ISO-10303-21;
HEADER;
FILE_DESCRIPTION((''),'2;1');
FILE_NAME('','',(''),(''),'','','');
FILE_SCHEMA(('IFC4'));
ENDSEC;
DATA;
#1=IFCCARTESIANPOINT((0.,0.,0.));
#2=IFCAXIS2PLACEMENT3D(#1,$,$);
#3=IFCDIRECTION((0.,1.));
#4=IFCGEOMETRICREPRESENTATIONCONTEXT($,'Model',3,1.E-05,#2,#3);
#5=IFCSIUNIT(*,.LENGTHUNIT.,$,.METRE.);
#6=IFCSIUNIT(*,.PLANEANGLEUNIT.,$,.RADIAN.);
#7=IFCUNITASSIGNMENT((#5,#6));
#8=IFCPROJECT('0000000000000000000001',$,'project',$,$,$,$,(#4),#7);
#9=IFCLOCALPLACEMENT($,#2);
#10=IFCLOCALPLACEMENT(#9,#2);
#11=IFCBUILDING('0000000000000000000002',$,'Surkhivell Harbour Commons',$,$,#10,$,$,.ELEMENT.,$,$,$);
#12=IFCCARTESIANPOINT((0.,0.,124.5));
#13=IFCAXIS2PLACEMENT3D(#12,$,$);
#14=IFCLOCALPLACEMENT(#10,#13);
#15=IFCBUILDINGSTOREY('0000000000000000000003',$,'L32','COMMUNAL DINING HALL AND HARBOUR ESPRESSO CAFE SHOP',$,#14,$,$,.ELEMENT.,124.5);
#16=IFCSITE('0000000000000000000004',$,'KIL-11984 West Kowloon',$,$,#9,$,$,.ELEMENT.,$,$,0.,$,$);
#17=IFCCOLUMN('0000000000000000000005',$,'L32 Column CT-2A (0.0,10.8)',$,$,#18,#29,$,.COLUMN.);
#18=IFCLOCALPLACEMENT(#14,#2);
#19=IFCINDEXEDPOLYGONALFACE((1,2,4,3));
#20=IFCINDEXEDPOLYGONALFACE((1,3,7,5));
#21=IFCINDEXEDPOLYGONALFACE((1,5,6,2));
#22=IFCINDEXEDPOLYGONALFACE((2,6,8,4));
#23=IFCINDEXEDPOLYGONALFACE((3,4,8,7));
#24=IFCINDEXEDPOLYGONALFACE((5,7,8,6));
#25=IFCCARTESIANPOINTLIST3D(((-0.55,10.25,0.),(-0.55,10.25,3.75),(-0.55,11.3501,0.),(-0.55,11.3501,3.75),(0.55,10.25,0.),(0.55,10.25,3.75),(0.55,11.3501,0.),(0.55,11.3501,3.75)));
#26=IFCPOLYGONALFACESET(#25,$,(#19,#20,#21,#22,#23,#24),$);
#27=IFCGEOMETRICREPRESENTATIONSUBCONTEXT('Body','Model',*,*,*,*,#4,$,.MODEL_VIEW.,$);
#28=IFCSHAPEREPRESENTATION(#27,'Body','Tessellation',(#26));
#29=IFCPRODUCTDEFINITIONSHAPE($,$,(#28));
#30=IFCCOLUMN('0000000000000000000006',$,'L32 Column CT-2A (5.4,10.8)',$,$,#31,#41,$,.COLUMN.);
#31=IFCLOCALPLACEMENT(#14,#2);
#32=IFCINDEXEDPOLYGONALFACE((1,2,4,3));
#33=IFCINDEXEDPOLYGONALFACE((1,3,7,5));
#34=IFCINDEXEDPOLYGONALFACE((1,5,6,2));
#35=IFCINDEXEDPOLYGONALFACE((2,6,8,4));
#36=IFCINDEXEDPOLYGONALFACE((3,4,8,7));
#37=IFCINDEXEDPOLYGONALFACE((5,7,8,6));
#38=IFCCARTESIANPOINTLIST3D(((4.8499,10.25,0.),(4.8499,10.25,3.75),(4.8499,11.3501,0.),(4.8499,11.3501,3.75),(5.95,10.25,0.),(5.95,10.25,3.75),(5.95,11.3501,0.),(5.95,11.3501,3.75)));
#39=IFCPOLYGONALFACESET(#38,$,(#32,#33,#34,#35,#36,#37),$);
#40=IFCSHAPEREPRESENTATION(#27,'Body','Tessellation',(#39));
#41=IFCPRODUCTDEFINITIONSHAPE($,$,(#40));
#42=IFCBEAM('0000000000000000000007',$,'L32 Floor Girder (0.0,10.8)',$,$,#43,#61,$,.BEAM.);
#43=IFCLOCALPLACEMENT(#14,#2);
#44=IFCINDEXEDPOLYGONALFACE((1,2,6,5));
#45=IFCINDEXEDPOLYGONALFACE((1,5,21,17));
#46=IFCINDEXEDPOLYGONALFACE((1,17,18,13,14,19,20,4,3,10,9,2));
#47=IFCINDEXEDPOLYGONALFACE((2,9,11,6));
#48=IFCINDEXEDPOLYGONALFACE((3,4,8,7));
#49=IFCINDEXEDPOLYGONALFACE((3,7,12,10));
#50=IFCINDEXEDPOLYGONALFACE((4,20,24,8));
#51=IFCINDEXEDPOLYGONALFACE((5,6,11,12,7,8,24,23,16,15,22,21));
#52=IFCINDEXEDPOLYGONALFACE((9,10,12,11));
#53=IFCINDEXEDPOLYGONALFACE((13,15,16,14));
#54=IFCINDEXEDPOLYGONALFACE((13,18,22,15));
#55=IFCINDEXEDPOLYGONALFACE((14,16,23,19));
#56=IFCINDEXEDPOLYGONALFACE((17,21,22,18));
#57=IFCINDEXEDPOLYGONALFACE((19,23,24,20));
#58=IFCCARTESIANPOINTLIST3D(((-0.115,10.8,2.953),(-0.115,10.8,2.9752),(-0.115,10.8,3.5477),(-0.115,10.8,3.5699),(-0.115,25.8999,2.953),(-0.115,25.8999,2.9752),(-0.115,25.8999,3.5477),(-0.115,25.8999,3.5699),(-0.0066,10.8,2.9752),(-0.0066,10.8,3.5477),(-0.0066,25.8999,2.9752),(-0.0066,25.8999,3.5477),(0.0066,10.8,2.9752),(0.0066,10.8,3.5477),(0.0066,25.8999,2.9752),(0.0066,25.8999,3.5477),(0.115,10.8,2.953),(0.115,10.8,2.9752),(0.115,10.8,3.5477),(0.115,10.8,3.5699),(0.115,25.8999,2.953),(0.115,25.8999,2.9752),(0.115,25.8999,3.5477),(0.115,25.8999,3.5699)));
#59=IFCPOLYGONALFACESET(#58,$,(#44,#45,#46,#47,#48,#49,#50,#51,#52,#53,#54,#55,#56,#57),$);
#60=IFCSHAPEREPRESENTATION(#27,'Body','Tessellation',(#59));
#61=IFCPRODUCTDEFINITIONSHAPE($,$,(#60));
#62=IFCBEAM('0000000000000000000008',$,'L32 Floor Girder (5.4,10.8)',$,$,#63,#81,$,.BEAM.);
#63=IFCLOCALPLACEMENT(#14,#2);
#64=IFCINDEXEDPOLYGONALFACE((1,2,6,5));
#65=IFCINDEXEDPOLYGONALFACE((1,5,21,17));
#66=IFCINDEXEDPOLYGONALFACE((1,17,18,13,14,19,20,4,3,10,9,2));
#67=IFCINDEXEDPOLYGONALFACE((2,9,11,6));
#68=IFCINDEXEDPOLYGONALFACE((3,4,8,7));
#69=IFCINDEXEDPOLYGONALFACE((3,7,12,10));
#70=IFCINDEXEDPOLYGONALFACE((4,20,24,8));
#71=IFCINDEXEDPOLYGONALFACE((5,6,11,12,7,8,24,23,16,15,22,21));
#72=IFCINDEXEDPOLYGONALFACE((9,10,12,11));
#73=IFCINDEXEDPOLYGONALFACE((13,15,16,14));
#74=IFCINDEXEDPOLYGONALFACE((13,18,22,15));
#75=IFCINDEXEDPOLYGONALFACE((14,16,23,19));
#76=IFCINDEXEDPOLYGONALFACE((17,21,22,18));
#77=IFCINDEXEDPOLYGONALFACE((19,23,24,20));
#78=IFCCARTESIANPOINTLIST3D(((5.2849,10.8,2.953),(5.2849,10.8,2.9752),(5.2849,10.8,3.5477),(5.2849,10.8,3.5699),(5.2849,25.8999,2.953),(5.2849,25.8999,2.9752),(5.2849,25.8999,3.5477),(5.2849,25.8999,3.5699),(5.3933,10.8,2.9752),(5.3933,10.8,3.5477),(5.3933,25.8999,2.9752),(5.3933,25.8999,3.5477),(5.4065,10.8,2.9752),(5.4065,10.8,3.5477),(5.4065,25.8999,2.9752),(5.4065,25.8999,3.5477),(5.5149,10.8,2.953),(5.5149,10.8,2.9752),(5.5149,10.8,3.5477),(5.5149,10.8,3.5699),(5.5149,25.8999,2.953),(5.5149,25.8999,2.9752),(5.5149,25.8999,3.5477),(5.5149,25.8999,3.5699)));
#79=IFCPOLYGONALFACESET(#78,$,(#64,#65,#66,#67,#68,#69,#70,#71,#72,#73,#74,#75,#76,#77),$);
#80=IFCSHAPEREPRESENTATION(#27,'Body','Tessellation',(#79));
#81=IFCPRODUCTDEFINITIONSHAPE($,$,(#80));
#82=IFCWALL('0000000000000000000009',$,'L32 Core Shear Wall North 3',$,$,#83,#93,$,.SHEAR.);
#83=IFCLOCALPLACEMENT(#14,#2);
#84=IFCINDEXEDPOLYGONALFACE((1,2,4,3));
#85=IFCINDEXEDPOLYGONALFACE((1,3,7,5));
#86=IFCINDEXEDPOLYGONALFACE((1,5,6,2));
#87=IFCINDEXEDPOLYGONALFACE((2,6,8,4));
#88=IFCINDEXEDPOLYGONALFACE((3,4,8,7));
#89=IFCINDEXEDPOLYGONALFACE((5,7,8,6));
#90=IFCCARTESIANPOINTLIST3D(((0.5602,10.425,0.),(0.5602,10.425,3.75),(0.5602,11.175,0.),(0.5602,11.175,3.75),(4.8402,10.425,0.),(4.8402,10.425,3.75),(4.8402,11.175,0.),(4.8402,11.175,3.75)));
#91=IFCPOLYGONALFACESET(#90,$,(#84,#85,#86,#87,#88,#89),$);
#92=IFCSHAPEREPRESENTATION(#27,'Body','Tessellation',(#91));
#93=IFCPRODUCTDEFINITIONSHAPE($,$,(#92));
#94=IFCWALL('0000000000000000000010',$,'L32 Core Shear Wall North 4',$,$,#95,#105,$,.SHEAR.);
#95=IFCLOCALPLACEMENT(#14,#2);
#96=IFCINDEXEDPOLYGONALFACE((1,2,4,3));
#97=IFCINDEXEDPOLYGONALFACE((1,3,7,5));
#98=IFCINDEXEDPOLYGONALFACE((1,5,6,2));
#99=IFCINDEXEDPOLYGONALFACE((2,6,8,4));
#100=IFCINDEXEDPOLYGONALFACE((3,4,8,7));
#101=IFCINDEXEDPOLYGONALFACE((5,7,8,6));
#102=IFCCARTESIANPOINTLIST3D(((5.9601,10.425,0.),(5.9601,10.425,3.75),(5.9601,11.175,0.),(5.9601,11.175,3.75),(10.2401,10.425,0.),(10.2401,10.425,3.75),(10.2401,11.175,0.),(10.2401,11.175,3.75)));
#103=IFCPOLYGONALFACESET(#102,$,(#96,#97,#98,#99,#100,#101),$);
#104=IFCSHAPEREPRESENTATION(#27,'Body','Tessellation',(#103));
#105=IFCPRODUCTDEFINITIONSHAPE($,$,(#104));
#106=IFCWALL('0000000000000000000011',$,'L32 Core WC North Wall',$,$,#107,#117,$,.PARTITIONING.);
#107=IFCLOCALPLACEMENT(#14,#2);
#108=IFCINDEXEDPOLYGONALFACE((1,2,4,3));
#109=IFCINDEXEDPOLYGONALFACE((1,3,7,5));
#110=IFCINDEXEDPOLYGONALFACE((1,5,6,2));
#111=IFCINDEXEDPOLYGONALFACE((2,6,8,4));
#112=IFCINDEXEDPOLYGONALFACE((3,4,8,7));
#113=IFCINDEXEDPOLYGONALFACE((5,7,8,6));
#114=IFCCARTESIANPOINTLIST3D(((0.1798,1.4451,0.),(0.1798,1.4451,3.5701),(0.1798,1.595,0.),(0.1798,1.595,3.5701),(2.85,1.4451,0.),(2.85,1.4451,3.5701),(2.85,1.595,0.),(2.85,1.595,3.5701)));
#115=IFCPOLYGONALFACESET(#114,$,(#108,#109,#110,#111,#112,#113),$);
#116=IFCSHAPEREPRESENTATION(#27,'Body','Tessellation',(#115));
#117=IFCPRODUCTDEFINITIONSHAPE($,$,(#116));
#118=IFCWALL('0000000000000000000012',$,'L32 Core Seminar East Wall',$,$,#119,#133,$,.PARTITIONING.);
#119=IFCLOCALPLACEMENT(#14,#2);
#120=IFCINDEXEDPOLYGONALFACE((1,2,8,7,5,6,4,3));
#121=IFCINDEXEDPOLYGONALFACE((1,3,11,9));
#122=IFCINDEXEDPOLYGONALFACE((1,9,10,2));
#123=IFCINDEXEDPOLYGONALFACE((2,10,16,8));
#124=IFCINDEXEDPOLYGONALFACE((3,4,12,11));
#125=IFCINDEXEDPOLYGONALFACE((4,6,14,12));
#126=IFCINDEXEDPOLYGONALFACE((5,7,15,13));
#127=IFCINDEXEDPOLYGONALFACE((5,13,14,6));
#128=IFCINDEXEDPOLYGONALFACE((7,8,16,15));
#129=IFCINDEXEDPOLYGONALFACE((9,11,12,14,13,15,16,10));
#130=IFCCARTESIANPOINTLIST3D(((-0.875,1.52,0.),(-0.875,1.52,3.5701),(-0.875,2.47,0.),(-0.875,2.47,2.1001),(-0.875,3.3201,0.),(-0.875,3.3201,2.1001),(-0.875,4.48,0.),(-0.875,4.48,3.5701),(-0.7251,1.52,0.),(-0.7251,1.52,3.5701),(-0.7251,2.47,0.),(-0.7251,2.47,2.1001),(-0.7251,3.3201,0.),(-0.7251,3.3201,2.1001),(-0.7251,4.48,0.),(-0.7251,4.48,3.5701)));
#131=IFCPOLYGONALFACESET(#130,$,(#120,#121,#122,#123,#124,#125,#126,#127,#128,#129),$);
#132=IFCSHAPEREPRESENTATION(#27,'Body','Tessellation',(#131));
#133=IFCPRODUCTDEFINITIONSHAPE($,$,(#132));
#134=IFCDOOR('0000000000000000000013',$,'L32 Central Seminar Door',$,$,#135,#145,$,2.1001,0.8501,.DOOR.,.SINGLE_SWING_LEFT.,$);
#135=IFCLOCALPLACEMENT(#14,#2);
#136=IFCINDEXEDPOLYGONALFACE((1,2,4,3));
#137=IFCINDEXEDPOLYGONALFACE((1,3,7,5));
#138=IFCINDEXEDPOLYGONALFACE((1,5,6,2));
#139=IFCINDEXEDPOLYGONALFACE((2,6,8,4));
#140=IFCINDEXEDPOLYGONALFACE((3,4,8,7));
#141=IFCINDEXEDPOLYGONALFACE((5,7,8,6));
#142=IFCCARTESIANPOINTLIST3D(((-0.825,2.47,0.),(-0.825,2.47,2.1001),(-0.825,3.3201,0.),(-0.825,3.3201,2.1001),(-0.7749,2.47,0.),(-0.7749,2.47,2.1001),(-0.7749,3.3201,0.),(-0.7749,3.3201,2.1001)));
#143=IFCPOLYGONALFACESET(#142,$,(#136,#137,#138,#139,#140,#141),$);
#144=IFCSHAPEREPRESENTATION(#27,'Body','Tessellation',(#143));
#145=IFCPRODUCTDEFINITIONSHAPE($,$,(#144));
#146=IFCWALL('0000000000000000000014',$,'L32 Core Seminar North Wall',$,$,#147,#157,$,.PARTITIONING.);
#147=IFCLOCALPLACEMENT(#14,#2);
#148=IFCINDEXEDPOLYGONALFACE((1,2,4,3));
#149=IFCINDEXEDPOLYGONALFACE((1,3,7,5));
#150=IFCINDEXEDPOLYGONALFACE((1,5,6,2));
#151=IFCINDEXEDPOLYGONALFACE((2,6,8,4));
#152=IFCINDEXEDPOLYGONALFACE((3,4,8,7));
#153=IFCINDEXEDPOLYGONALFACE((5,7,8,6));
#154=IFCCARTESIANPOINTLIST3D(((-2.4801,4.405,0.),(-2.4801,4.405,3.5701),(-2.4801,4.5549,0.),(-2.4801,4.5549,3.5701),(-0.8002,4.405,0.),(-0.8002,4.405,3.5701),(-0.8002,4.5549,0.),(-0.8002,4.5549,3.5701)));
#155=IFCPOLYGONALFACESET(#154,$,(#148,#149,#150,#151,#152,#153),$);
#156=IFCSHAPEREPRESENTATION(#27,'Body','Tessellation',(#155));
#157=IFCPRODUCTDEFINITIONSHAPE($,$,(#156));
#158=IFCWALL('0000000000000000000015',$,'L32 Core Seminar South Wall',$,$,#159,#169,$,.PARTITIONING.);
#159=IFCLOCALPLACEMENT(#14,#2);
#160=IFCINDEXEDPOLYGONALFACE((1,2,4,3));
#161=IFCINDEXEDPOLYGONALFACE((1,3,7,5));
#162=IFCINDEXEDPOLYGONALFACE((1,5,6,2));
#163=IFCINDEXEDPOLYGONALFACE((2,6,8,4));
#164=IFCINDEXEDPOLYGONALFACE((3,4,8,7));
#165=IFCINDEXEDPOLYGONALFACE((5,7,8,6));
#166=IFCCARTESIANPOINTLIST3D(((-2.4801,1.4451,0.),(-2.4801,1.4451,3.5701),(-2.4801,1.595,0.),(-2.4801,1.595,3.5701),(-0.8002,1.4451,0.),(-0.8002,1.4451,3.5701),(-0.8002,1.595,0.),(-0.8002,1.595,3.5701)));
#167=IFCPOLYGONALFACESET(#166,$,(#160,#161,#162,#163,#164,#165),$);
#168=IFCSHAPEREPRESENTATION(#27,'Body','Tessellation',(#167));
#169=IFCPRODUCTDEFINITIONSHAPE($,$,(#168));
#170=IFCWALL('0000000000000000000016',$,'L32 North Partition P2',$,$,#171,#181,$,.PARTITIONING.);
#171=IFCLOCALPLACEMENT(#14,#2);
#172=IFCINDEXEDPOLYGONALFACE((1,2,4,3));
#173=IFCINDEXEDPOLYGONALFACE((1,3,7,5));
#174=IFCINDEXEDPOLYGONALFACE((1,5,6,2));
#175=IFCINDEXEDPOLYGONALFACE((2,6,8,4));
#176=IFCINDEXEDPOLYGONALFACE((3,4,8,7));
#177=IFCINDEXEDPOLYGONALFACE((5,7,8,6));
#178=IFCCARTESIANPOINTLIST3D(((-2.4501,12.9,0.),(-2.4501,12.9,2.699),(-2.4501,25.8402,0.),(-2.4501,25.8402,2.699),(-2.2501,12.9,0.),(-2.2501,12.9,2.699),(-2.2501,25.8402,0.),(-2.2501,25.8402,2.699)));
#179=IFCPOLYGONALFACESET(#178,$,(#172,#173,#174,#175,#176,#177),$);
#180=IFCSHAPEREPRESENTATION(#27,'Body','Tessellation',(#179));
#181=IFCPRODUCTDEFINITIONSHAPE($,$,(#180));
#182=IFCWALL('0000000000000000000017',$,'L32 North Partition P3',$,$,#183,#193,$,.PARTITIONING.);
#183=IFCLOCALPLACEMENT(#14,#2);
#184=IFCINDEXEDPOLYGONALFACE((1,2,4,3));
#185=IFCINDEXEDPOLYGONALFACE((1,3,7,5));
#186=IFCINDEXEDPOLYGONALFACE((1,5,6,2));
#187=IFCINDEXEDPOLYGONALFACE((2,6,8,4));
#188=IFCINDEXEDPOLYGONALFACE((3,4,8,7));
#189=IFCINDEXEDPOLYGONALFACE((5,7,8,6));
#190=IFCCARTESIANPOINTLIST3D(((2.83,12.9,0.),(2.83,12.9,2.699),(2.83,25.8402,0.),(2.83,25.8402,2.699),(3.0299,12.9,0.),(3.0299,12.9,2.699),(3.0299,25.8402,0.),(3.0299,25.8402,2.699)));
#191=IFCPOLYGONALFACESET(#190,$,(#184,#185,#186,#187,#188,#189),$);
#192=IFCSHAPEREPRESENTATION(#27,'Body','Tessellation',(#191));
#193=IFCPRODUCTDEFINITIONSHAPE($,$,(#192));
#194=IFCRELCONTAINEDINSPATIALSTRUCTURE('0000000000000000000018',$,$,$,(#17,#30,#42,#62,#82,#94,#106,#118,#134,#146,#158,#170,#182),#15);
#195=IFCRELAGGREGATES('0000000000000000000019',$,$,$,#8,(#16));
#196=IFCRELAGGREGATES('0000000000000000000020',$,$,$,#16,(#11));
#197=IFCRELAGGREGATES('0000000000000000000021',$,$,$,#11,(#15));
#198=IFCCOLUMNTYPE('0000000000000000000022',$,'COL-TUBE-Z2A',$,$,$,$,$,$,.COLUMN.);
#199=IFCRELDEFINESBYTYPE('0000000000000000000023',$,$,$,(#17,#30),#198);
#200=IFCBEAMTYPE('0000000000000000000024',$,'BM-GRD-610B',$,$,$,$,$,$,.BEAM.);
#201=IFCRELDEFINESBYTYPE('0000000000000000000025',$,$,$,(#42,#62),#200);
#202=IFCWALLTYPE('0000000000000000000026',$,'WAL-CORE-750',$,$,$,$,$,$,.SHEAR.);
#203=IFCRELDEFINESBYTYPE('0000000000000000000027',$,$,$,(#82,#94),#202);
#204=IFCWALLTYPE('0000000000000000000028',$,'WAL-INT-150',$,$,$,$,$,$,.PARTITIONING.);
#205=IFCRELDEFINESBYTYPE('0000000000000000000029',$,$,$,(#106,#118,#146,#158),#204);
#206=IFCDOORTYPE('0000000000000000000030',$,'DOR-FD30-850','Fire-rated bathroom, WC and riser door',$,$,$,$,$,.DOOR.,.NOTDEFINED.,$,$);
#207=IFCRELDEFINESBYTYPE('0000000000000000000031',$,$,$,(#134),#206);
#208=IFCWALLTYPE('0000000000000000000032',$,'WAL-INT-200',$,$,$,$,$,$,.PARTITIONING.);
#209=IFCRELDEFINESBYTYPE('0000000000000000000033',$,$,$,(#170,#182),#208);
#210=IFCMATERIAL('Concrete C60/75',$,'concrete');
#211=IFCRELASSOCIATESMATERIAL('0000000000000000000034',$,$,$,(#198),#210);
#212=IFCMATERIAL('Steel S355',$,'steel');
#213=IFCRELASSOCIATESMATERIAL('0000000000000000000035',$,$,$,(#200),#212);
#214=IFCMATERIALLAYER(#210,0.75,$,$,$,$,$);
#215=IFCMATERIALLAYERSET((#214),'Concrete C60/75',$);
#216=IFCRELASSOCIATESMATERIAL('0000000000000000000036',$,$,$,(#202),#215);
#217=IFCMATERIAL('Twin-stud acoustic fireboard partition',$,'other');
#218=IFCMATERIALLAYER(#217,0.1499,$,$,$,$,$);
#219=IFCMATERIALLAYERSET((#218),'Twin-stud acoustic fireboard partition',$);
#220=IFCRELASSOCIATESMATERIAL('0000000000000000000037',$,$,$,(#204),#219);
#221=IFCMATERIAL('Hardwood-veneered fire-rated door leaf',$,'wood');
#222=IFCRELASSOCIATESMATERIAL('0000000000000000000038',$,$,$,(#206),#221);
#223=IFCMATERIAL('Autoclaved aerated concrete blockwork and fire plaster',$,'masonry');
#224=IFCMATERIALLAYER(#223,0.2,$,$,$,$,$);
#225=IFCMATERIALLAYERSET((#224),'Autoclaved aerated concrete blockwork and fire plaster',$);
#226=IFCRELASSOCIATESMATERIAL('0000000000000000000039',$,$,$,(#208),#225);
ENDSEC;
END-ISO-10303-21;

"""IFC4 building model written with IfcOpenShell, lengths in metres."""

from ifc_helpers import new_model, si_unit, direction, frame, frame_2d, origin, origin_2d, place, context, subcontext, project, spatial, rectangle, i_section, extrude, material, layer, layer_set, material_profile, profile_set, type_object, element, fill, save


model = new_model("IFC4")

# Units and contexts
model_context = context("Model", 3, precision=1e-05, world=origin(), true_north=direction((0.0, 1.0)))
body_context = subcontext(model_context, "Body", "Model", "MODEL_VIEW")
ifc_project = project(units=[si_unit("LENGTHUNIT", "METRE"), si_unit("PLANEANGLEUNIT", "RADIAN")], contexts=[model_context])

# Site, building, storey
site_placement = place(None, origin())
site = spatial("IfcSite", under=ifc_project, at=site_placement, Name="KIL-11984 West Kowloon", CompositionType="ELEMENT", RefElevation=0.0)
building_placement = place(site_placement, origin())
building = spatial("IfcBuilding", under=site, at=building_placement, Name="Surkhivell Harbour Commons", CompositionType="ELEMENT")
storey_placement = place(building_placement, frame((0.0, 0.0, 124.5)))
storey = spatial("IfcBuildingStorey", under=building, at=storey_placement, Name="L32", Description="COMMUNAL DINING HALL AND HARBOUR ESPRESSO CAFE SHOP", CompositionType="ELEMENT", Elevation=124.5)

# Columns
ifc_material_1 = material(Name="Concrete C60/75", Category="concrete")
ifc_material_profile_1 = material_profile(ifc_material_1, rectangle(XDim=1.1001, YDim=1.1001, at=origin_2d()), Name="RC-COL-1100x1100")
ifc_profile_set_1 = profile_set([ifc_material_profile_1], Name="Concrete C60/75")
column_type = type_object("IfcColumnType", Name="COL-TUBE-Z2A", PredefinedType="COLUMN", material=ifc_profile_set_1)
for number, where, z_axis, x_axis, name in (
    (1, (0.0, 10.8, 0.0), (0.0, 0.0, 1.0), (1.0, 0.0, 0.0), "L32 Column CT-2A (0.0,10.8)"),
    (2, (5.3999, 10.8, 0.0), (0.0, 0.0, 1.0), (1.0, 0.0, 0.0), "L32 Column CT-2A (5.4,10.8)"),
):
    element("IfcColumn", number, at=place(storey_placement, frame(where, z_axis=z_axis, x_axis=x_axis)), inside=storey, type_object=column_type, Name=name, PredefinedType="COLUMN", context=body_context, shape_type="SweptSolid", body=[
        extrude(rectangle(XDim=1.1001, YDim=1.1001, at=origin_2d()), origin(), (0.0, 0.0, 1.0), 3.75),
    ])

# Beams
ifc_material_2 = material(Name="Steel S355", Category="steel")
ifc_material_profile_2 = material_profile(ifc_material_2, i_section(OverallWidth=0.23, OverallDepth=0.6169, WebThickness=0.0132, FlangeThickness=0.0222, at=origin_2d()), Name="UB610x229x140")
ifc_profile_set_2 = profile_set([ifc_material_profile_2], Name="Steel S355")
beam_type = type_object("IfcBeamType", Name="BM-GRD-610B", PredefinedType="BEAM", material=ifc_profile_set_2)
for number, where, z_axis, x_axis, name in (
    (3, (0.0, 10.8, 3.2615), (0.0, 1.0, 0.0), (-1.0, 0.0, 0.0), "L32 Floor Girder (0.0,10.8)"),
    (4, (5.3999, 10.8, 3.2615), (0.0, 1.0, 0.0), (-1.0, 0.0, 0.0), "L32 Floor Girder (5.4,10.8)"),
):
    element("IfcBeam", number, at=place(storey_placement, frame(where, z_axis=z_axis, x_axis=x_axis)), inside=storey, type_object=beam_type, Name=name, PredefinedType="BEAM", context=body_context, shape_type="SweptSolid", body=[
        extrude(i_section(OverallWidth=0.23, OverallDepth=0.6169, WebThickness=0.0132, FlangeThickness=0.0222, at=origin_2d()), origin(), (0.0, 0.0, 1.0), 15.0999),
    ])

# Walls
ifc_layer_1 = layer(ifc_material_1, 0.75)
ifc_layer_set_1 = layer_set([ifc_layer_1], Name="Concrete C60/75")
wall_type_1 = type_object("IfcWallType", Name="WAL-CORE-750", PredefinedType="SHEAR", material=ifc_layer_set_1)
for number, where, z_axis, x_axis, name in (
    (5, (0.5601, 10.8, 0.0), (0.0, 0.0, 1.0), (1.0, 0.0, 0.0), "L32 Core Shear Wall North 3"),
    (6, (5.96, 10.8, 0.0), (0.0, 0.0, 1.0), (1.0, 0.0, 0.0), "L32 Core Shear Wall North 4"),
):
    element("IfcWall", number, at=place(storey_placement, frame(where, z_axis=z_axis, x_axis=x_axis)), inside=storey, type_object=wall_type_1, Name=name, PredefinedType="SHEAR", context=body_context, shape_type="SweptSolid", body=[
        extrude(rectangle(XDim=4.28, YDim=0.75, at=frame_2d((2.1401, 0.0))), origin(), (0.0, 0.0, 1.0), 3.75),
    ])
ifc_material_3 = material(Name="Twin-stud acoustic fireboard partition", Category="other")
ifc_layer_2 = layer(ifc_material_3, 0.1499)
ifc_layer_set_2 = layer_set([ifc_layer_2], Name="Twin-stud acoustic fireboard partition")
wall_type_2 = type_object("IfcWallType", Name="WAL-INT-150", PredefinedType="PARTITIONING", material=ifc_layer_set_2)
wall_1_placement = place(storey_placement, frame((0.1799, 1.52, 0.0), z_axis=(0.0, 0.0, 1.0), x_axis=(1.0, 0.0, 0.0)))
element("IfcWall", 7, at=wall_1_placement, inside=storey, type_object=wall_type_2, Name="L32 Core WC North Wall", PredefinedType="PARTITIONING", context=body_context, shape_type="SweptSolid", body=[
    extrude(rectangle(XDim=2.6702, YDim=0.1499, at=frame_2d((1.335, 0.0))), origin(), (0.0, 0.0, 1.0), 3.5701),
])

# Wall, opening, door
wall_2_placement = place(storey_placement, frame((-0.8, 1.52, 0.0), z_axis=(0.0, 0.0, 1.0), x_axis=(0.0, 1.0, 0.0)))
wall_2 = element("IfcWall", 8, at=wall_2_placement, inside=storey, type_object=wall_type_2, Name="L32 Core Seminar East Wall", PredefinedType="PARTITIONING", context=body_context, shape_type="SweptSolid", body=[
    extrude(rectangle(XDim=2.96, YDim=0.1499, at=frame_2d((1.48, 0.0))), origin(), (0.0, 0.0, 1.0), 3.5701),
])
opening_1_placement = place(wall_2_placement, frame((0.95, 0.0, 0.0)))
opening_1 = element("IfcOpeningElement", 9, at=opening_1_placement, cuts=wall_2, PredefinedType="OPENING", context=body_context, shape_type="SweptSolid", body=[
    extrude(rectangle(XDim=0.8501, YDim=2.1001, at=frame_2d((0.425, 1.05))), frame((0.0, 0.085, 0.0), z_axis=(0.0, -1.0, 0.0), x_axis=(1.0, 0.0, 0.0)), (0.0, 0.0, 1.0), 0.1699),
])
ifc_material_4 = material(Name="Hardwood-veneered fire-rated door leaf", Category="wood")
door_type_1 = type_object("IfcDoorType", Name="DOR-FD30-850", Description="Fire-rated bathroom, WC and riser door", OperationType="NOTDEFINED", PredefinedType="DOOR", material=ifc_material_4)
door_1_placement = place(opening_1_placement, origin())
door_1 = element("IfcDoor", 10, at=door_1_placement, inside=storey, type_object=door_type_1, Name="L32 Central Seminar Door", OperationType="SINGLE_SWING_LEFT", OverallHeight=2.1001, OverallWidth=0.8501, PredefinedType="DOOR", context=body_context, shape_type="SweptSolid", body=[
    extrude(rectangle(XDim=0.8501, YDim=2.1001, at=frame_2d((0.425, 1.05))), frame((0.0, 0.0249, 0.0), z_axis=(0.0, -1.0, 0.0), x_axis=(1.0, 0.0, 0.0)), (0.0, 0.0, 1.0), 0.05),
])
fill(opening_1, door_1)

# Walls
for number, where, z_axis, x_axis, name in (
    (11, (-2.48, 4.48, 0.0), (0.0, 0.0, 1.0), (1.0, 0.0, 0.0), "L32 Core Seminar North Wall"),
    (12, (-2.48, 1.52, 0.0), (0.0, 0.0, 1.0), (1.0, 0.0, 0.0), "L32 Core Seminar South Wall"),
):
    element("IfcWall", number, at=place(storey_placement, frame(where, z_axis=z_axis, x_axis=x_axis)), inside=storey, type_object=wall_type_2, Name=name, PredefinedType="PARTITIONING", context=body_context, shape_type="SweptSolid", body=[
        extrude(rectangle(XDim=1.6799, YDim=0.1499, at=frame_2d((0.8398, 0.0))), origin(), (0.0, 0.0, 1.0), 3.5701),
    ])
ifc_material_5 = material(Name="Autoclaved aerated concrete blockwork and fire plaster", Category="masonry")
ifc_layer_3 = layer(ifc_material_5, 0.2)
ifc_layer_set_3 = layer_set([ifc_layer_3], Name="Autoclaved aerated concrete blockwork and fire plaster")
wall_type_3 = type_object("IfcWallType", Name="WAL-INT-200", PredefinedType="PARTITIONING", material=ifc_layer_set_3)
for number, where, z_axis, x_axis, name in (
    (13, (-2.3501, 12.8999, 0.0), (0.0, 0.0, 1.0), (0.0, 1.0, 0.0), "L32 North Partition P2"),
    (14, (2.9299, 12.8999, 0.0), (0.0, 0.0, 1.0), (0.0, 1.0, 0.0), "L32 North Partition P3"),
):
    element("IfcWall", number, at=place(storey_placement, frame(where, z_axis=z_axis, x_axis=x_axis)), inside=storey, type_object=wall_type_3, Name=name, PredefinedType="PARTITIONING", context=body_context, shape_type="SweptSolid", body=[
        extrude(rectangle(XDim=12.9402, YDim=0.2, at=frame_2d((6.4702, 0.0))), origin(), (0.0, 0.0, 1.0), 2.699),
    ])

save(model, "model.ifc")
